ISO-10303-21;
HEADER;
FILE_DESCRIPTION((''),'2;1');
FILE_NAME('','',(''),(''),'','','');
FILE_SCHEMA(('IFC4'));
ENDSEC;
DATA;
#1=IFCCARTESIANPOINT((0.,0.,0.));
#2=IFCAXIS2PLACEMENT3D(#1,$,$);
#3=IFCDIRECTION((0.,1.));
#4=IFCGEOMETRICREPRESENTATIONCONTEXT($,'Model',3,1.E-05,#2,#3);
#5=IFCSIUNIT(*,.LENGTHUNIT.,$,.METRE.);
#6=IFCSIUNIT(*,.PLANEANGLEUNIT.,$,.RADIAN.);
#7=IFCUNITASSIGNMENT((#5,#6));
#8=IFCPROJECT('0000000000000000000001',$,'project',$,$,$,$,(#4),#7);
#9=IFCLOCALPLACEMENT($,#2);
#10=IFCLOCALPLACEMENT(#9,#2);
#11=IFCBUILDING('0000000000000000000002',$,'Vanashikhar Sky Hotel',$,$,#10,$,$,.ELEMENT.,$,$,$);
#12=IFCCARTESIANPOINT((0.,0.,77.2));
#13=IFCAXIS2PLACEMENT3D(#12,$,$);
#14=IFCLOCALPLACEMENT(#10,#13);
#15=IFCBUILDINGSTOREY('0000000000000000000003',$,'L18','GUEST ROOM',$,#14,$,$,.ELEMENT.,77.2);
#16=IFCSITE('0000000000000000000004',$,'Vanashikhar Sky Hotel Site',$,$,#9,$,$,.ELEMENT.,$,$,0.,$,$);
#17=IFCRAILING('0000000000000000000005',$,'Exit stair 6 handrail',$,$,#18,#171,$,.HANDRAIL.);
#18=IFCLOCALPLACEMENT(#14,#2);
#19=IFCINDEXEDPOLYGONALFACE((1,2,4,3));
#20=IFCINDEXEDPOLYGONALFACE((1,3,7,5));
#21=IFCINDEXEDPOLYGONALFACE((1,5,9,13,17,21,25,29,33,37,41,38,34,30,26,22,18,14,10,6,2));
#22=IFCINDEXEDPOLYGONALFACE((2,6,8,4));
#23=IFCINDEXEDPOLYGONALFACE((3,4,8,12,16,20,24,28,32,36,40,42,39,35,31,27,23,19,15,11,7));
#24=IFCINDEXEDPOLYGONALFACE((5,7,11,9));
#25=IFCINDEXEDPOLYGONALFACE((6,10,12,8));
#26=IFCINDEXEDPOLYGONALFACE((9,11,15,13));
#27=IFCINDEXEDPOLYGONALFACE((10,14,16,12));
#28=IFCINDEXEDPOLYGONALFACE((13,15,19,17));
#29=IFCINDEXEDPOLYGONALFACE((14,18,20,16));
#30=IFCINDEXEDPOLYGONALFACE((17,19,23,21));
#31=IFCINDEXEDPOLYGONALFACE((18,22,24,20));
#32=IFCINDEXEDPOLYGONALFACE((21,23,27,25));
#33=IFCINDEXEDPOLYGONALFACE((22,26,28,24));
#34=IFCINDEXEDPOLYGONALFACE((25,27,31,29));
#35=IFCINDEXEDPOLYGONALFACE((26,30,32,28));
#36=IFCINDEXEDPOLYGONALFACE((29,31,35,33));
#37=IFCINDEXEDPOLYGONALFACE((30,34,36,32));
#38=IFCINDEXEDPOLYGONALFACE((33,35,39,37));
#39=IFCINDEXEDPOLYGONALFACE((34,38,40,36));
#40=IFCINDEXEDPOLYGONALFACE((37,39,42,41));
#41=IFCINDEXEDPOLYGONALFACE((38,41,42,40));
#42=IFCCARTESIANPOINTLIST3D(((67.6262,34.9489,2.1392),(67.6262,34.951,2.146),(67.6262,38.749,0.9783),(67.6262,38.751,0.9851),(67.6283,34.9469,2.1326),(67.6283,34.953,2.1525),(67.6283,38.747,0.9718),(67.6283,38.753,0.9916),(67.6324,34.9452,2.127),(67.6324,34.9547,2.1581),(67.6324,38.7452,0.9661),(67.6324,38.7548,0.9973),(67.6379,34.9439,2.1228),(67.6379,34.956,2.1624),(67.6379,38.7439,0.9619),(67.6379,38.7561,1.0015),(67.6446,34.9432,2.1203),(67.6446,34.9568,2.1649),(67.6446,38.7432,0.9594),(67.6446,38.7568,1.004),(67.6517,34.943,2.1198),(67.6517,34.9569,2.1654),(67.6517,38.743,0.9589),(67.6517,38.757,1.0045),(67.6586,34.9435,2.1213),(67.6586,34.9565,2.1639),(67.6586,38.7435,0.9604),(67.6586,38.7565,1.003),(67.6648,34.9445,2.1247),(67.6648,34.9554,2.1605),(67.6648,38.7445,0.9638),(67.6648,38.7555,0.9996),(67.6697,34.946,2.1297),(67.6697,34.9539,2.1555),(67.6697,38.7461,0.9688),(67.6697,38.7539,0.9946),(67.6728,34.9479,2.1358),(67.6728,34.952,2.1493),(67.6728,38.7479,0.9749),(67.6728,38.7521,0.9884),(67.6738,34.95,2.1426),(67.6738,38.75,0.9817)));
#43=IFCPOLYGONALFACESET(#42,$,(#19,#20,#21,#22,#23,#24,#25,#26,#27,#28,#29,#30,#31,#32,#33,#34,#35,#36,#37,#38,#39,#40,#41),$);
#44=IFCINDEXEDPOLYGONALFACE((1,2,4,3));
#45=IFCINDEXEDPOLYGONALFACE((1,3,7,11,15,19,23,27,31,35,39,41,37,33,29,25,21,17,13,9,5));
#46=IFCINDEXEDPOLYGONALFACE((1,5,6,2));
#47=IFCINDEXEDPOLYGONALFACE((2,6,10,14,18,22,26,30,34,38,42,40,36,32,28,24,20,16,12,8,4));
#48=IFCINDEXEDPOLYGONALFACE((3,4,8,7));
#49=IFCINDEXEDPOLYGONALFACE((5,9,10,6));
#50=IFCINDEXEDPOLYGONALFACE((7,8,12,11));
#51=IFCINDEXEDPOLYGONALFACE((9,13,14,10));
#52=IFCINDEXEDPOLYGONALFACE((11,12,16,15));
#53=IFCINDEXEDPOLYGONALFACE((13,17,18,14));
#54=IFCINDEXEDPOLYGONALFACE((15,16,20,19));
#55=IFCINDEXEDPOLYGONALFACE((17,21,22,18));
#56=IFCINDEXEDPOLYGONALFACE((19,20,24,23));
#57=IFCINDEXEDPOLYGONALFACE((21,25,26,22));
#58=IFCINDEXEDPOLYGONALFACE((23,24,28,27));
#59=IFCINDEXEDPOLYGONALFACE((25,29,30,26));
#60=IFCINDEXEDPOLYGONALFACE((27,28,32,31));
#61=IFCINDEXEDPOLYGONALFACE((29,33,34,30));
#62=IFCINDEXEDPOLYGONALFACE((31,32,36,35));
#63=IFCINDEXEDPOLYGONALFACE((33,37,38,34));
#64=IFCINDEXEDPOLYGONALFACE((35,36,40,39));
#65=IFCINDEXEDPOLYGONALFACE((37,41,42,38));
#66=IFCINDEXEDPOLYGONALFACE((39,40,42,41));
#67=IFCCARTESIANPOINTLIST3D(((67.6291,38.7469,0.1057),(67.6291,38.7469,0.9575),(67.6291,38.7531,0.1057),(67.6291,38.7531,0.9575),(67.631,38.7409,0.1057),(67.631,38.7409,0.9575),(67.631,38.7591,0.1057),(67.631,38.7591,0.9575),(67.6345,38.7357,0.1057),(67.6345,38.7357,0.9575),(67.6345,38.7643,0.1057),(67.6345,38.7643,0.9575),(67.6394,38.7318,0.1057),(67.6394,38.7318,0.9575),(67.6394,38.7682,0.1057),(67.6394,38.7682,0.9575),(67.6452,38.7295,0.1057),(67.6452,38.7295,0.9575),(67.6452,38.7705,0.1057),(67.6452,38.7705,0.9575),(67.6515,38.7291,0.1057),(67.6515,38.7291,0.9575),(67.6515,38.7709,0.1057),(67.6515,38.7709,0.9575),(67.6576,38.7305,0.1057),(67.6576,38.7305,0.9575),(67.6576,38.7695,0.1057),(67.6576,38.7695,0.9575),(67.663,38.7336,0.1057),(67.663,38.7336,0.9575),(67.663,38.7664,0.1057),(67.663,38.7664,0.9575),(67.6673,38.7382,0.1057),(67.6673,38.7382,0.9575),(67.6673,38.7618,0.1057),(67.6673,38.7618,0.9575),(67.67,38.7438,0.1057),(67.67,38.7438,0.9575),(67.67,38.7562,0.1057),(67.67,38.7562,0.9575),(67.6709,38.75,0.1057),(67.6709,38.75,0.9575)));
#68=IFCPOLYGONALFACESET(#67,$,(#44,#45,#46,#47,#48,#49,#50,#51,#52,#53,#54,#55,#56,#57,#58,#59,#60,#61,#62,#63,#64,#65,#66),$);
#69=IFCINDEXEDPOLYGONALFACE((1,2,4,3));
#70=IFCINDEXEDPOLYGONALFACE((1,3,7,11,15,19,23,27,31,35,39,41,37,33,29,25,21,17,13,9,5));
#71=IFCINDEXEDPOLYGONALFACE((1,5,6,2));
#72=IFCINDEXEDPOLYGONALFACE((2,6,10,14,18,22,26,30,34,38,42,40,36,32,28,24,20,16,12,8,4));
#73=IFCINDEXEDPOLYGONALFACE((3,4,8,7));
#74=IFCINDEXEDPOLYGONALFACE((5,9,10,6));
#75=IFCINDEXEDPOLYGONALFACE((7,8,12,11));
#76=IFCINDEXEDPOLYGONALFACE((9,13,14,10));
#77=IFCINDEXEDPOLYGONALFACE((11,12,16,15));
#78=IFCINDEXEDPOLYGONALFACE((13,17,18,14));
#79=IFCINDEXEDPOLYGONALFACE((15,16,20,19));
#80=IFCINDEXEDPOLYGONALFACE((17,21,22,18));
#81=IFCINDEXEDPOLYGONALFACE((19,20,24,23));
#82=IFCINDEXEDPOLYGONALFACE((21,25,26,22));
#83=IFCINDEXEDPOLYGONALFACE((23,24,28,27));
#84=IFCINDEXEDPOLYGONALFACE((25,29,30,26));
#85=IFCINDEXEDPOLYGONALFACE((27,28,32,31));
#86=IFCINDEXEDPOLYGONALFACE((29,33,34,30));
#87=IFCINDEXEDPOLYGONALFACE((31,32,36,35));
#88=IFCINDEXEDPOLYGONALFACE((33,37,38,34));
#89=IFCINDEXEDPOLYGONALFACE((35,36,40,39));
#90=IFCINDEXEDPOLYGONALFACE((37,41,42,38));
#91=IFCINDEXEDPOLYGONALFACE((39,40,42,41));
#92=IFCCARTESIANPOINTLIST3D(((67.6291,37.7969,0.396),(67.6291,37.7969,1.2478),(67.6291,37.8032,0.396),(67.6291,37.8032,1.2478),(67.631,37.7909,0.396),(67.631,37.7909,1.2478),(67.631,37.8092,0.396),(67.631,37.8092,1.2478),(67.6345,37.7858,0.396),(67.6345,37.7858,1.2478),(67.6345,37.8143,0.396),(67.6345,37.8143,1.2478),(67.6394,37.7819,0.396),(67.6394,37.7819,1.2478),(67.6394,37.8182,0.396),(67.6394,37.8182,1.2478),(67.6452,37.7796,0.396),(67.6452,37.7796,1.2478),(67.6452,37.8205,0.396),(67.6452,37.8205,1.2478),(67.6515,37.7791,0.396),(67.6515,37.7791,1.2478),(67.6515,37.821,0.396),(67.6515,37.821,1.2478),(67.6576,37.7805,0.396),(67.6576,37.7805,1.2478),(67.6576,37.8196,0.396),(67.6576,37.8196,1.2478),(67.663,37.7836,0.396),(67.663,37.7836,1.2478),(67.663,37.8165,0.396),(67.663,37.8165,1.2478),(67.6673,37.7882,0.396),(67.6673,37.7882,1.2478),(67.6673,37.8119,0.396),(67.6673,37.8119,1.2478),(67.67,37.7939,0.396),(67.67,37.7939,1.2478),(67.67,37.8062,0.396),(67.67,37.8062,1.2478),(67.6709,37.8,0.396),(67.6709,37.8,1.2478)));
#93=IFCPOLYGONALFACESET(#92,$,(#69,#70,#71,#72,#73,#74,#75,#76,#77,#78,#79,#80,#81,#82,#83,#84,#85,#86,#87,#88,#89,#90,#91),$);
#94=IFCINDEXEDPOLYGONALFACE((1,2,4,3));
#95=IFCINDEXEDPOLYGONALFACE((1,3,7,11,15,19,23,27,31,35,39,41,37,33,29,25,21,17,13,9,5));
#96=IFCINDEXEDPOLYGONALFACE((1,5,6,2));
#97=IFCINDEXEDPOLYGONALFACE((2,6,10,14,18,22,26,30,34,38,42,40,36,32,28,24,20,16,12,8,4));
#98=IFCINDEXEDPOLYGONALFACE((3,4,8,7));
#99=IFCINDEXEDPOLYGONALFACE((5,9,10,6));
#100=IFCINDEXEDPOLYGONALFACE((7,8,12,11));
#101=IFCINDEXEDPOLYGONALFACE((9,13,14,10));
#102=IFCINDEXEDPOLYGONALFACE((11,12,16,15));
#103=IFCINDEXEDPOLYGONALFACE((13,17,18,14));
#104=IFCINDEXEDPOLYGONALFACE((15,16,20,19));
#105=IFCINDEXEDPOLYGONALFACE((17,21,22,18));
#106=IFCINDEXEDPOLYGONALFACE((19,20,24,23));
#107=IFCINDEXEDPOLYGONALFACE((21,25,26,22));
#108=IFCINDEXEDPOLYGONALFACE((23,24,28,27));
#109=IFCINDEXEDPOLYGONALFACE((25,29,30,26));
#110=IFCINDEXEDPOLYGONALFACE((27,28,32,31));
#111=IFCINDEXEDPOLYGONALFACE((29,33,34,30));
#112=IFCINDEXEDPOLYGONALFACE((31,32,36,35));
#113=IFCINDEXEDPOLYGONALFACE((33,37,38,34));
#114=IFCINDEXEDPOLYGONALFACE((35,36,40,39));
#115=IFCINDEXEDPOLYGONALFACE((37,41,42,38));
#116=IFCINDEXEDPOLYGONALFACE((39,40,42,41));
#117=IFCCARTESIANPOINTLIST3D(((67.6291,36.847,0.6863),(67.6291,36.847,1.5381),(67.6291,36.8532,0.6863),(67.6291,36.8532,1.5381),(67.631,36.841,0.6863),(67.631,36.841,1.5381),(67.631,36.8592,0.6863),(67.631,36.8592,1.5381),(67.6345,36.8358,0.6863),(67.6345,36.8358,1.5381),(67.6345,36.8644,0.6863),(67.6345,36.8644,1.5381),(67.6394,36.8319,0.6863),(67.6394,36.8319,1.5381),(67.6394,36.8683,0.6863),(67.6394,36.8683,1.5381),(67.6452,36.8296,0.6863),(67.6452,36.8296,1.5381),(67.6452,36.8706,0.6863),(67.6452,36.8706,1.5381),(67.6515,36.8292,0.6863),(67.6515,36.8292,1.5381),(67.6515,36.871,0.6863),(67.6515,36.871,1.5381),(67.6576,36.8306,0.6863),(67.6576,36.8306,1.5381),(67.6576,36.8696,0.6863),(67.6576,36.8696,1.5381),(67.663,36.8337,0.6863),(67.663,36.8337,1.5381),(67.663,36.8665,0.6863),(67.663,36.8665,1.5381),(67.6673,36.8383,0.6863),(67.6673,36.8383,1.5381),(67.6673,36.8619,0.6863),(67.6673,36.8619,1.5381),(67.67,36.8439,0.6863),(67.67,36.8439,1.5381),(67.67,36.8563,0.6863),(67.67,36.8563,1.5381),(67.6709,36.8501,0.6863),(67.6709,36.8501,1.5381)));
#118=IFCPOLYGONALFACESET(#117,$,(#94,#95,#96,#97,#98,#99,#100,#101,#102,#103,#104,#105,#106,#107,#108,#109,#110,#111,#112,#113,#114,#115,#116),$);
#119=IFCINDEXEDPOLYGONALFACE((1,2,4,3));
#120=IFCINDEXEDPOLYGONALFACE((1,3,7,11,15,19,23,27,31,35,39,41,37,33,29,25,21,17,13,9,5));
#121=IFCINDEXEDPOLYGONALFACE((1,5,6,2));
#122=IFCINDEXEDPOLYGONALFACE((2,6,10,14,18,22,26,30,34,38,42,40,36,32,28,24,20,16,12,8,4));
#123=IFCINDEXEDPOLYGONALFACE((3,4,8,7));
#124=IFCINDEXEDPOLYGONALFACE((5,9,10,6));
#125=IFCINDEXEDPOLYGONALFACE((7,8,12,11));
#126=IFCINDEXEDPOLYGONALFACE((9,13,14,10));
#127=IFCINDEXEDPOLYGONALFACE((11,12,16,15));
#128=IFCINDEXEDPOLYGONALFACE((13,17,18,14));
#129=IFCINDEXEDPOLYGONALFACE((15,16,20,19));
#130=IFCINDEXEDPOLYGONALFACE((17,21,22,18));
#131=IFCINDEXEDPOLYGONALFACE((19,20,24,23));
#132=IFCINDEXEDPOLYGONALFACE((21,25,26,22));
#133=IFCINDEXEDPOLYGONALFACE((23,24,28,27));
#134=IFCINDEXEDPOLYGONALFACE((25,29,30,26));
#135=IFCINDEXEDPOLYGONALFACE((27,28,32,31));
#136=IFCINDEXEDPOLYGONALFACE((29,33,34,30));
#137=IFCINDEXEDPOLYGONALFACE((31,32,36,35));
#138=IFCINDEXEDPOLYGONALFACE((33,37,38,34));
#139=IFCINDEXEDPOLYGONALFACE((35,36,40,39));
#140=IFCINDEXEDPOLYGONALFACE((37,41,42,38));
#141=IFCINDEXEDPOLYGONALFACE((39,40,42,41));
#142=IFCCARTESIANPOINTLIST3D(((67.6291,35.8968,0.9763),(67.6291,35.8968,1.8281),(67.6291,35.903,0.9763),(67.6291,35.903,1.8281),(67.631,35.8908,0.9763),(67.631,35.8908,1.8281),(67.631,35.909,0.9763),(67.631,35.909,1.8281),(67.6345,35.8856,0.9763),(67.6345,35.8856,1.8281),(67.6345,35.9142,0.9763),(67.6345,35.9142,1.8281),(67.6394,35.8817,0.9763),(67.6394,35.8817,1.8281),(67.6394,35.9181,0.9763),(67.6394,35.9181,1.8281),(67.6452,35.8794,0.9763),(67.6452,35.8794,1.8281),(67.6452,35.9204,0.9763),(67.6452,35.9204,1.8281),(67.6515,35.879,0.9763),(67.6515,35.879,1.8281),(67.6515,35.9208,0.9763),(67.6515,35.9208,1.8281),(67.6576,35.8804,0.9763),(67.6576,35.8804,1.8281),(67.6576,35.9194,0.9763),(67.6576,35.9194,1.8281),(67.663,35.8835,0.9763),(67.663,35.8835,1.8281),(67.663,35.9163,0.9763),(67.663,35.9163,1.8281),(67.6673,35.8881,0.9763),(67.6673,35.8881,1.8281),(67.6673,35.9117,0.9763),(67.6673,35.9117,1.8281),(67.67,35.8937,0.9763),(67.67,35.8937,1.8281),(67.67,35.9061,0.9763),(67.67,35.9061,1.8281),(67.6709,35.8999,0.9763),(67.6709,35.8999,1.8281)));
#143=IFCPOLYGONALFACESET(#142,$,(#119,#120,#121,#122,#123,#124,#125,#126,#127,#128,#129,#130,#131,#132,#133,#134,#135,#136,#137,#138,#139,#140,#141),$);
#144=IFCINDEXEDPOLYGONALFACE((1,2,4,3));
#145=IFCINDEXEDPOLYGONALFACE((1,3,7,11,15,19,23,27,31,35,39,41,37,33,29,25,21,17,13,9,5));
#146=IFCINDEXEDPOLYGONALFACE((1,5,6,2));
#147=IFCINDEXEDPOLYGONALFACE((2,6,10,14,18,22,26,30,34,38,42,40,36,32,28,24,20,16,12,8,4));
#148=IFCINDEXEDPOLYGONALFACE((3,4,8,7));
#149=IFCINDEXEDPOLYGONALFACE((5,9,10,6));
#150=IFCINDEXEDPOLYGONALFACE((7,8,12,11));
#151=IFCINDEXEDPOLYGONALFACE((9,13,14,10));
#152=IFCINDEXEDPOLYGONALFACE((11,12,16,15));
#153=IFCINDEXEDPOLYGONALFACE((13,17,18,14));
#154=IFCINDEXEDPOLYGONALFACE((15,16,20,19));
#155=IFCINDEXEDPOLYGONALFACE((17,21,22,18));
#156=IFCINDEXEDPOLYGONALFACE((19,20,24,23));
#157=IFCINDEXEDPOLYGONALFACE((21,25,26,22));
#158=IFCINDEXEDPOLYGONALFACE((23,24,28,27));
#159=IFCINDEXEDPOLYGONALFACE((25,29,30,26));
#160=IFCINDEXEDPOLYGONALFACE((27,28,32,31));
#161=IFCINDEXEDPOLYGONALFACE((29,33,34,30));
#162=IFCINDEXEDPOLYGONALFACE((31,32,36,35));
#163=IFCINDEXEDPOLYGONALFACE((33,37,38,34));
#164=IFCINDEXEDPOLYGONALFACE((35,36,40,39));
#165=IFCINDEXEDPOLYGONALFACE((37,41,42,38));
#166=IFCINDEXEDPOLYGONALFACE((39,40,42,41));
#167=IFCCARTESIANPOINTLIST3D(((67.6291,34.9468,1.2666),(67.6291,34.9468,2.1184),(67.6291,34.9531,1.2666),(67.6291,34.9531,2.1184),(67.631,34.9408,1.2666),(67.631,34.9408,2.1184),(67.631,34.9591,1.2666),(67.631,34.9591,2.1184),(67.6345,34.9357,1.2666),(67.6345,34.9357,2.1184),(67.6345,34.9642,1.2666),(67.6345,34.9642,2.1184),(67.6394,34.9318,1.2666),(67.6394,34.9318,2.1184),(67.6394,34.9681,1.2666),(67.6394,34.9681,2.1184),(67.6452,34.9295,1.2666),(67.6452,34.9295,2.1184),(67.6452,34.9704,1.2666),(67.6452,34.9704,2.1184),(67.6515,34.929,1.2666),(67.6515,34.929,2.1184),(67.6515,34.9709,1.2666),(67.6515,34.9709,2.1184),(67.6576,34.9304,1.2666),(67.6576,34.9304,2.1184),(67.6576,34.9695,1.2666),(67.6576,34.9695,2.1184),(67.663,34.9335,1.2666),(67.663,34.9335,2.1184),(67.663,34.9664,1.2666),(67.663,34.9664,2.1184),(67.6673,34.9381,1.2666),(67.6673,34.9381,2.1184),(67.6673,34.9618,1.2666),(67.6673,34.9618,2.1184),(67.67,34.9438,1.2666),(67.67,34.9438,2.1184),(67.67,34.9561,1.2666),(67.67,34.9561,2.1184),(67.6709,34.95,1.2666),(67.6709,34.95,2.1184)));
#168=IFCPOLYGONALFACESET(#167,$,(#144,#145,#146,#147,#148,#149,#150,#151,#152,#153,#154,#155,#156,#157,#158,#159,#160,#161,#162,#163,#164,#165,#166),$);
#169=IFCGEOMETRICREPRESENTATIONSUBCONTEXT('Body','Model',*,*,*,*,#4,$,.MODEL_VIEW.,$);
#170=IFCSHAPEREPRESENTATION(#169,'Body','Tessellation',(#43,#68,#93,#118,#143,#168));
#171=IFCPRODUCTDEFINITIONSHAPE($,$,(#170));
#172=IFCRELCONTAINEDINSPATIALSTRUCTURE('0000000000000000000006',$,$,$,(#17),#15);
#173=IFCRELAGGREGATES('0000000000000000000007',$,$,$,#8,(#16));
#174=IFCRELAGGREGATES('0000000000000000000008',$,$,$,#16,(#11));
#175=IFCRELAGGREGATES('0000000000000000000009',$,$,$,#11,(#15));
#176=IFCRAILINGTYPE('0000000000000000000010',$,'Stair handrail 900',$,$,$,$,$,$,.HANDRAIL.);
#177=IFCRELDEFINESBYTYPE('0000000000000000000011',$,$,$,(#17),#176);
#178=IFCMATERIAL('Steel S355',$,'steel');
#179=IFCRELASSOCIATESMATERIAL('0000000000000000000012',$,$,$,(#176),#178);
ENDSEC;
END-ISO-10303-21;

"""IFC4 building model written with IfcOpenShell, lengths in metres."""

from ifc_helpers import new_model, si_unit, direction, frame, origin, origin_2d, place, context, subcontext, project, spatial, circle, extrude, source, transform, mapped, material, type_object, element, save


model = new_model("IFC4")

# Units and contexts
model_context = context("Model", 3, precision=1e-05, world=origin(), true_north=direction((0.0, 1.0)))
body_context = subcontext(model_context, "Body", "Model", "MODEL_VIEW")
ifc_project = project(units=[si_unit("LENGTHUNIT", "METRE"), si_unit("PLANEANGLEUNIT", "RADIAN")], contexts=[model_context])

# Site, building, storey
site_placement = place(None, origin())
site = spatial("IfcSite", under=ifc_project, at=site_placement, Name="Vanashikhar Sky Hotel Site", CompositionType="ELEMENT", RefElevation=0.0)
building_placement = place(site_placement, origin())
building = spatial("IfcBuilding", under=site, at=building_placement, Name="Vanashikhar Sky Hotel", CompositionType="ELEMENT")
storey_placement = place(building_placement, frame((0.0, 0.0, 77.2)))
storey = spatial("IfcBuildingStorey", under=building, at=storey_placement, Name="L18", Description="GUEST ROOM", CompositionType="ELEMENT", Elevation=77.2)

# Railing
ifc_material_1 = material(Name="Steel S355", Category="steel")
railing_type_1 = type_object("IfcRailingType", Name="Stair handrail 900", PredefinedType="HANDRAIL", material=ifc_material_1)
shared_shape_1 = source(origin(), body_context, "Body", "SweptSolid", [
    extrude(circle(Radius=0.0239, at=origin_2d()), frame((0.0, 0.0, 0.876), z_axis=(0.0, -0.956368, 0.292164), x_axis=(1.0, 0.0, 0.0)), (0.0, 0.0, 1.0), 3.9734),
    extrude(circle(Radius=0.021, at=origin_2d()), origin(), (0.0, 0.0, 1.0), 0.8518),
    extrude(circle(Radius=0.021, at=origin_2d()), frame((0.0, -0.95, 0.2903)), (0.0, 0.0, 1.0), 0.8518),
    extrude(circle(Radius=0.021, at=origin_2d()), frame((0.0, -1.8999, 0.5806)), (0.0, 0.0, 1.0), 0.8518),
    extrude(circle(Radius=0.021, at=origin_2d()), frame((0.0, -2.8501, 0.8706)), (0.0, 0.0, 1.0), 0.8518),
    extrude(circle(Radius=0.021, at=origin_2d()), frame((0.0, -3.8, 1.1609)), (0.0, 0.0, 1.0), 0.8518),
])
for number, where, name in (
    (1, (67.6499, 38.75, 0.1057), "Exit stair 6 handrail"),
):
    element("IfcRailing", number, at=place(storey_placement, frame(where)), inside=storey, type_object=railing_type_1, Name=name, PredefinedType="HANDRAIL", context=body_context, shape_type="MappedRepresentation", body=[
        mapped(shared_shape_1, transform((0.0, 0.0, 0.0), scale=1.0)),
    ])

save(model, "model.ifc")
